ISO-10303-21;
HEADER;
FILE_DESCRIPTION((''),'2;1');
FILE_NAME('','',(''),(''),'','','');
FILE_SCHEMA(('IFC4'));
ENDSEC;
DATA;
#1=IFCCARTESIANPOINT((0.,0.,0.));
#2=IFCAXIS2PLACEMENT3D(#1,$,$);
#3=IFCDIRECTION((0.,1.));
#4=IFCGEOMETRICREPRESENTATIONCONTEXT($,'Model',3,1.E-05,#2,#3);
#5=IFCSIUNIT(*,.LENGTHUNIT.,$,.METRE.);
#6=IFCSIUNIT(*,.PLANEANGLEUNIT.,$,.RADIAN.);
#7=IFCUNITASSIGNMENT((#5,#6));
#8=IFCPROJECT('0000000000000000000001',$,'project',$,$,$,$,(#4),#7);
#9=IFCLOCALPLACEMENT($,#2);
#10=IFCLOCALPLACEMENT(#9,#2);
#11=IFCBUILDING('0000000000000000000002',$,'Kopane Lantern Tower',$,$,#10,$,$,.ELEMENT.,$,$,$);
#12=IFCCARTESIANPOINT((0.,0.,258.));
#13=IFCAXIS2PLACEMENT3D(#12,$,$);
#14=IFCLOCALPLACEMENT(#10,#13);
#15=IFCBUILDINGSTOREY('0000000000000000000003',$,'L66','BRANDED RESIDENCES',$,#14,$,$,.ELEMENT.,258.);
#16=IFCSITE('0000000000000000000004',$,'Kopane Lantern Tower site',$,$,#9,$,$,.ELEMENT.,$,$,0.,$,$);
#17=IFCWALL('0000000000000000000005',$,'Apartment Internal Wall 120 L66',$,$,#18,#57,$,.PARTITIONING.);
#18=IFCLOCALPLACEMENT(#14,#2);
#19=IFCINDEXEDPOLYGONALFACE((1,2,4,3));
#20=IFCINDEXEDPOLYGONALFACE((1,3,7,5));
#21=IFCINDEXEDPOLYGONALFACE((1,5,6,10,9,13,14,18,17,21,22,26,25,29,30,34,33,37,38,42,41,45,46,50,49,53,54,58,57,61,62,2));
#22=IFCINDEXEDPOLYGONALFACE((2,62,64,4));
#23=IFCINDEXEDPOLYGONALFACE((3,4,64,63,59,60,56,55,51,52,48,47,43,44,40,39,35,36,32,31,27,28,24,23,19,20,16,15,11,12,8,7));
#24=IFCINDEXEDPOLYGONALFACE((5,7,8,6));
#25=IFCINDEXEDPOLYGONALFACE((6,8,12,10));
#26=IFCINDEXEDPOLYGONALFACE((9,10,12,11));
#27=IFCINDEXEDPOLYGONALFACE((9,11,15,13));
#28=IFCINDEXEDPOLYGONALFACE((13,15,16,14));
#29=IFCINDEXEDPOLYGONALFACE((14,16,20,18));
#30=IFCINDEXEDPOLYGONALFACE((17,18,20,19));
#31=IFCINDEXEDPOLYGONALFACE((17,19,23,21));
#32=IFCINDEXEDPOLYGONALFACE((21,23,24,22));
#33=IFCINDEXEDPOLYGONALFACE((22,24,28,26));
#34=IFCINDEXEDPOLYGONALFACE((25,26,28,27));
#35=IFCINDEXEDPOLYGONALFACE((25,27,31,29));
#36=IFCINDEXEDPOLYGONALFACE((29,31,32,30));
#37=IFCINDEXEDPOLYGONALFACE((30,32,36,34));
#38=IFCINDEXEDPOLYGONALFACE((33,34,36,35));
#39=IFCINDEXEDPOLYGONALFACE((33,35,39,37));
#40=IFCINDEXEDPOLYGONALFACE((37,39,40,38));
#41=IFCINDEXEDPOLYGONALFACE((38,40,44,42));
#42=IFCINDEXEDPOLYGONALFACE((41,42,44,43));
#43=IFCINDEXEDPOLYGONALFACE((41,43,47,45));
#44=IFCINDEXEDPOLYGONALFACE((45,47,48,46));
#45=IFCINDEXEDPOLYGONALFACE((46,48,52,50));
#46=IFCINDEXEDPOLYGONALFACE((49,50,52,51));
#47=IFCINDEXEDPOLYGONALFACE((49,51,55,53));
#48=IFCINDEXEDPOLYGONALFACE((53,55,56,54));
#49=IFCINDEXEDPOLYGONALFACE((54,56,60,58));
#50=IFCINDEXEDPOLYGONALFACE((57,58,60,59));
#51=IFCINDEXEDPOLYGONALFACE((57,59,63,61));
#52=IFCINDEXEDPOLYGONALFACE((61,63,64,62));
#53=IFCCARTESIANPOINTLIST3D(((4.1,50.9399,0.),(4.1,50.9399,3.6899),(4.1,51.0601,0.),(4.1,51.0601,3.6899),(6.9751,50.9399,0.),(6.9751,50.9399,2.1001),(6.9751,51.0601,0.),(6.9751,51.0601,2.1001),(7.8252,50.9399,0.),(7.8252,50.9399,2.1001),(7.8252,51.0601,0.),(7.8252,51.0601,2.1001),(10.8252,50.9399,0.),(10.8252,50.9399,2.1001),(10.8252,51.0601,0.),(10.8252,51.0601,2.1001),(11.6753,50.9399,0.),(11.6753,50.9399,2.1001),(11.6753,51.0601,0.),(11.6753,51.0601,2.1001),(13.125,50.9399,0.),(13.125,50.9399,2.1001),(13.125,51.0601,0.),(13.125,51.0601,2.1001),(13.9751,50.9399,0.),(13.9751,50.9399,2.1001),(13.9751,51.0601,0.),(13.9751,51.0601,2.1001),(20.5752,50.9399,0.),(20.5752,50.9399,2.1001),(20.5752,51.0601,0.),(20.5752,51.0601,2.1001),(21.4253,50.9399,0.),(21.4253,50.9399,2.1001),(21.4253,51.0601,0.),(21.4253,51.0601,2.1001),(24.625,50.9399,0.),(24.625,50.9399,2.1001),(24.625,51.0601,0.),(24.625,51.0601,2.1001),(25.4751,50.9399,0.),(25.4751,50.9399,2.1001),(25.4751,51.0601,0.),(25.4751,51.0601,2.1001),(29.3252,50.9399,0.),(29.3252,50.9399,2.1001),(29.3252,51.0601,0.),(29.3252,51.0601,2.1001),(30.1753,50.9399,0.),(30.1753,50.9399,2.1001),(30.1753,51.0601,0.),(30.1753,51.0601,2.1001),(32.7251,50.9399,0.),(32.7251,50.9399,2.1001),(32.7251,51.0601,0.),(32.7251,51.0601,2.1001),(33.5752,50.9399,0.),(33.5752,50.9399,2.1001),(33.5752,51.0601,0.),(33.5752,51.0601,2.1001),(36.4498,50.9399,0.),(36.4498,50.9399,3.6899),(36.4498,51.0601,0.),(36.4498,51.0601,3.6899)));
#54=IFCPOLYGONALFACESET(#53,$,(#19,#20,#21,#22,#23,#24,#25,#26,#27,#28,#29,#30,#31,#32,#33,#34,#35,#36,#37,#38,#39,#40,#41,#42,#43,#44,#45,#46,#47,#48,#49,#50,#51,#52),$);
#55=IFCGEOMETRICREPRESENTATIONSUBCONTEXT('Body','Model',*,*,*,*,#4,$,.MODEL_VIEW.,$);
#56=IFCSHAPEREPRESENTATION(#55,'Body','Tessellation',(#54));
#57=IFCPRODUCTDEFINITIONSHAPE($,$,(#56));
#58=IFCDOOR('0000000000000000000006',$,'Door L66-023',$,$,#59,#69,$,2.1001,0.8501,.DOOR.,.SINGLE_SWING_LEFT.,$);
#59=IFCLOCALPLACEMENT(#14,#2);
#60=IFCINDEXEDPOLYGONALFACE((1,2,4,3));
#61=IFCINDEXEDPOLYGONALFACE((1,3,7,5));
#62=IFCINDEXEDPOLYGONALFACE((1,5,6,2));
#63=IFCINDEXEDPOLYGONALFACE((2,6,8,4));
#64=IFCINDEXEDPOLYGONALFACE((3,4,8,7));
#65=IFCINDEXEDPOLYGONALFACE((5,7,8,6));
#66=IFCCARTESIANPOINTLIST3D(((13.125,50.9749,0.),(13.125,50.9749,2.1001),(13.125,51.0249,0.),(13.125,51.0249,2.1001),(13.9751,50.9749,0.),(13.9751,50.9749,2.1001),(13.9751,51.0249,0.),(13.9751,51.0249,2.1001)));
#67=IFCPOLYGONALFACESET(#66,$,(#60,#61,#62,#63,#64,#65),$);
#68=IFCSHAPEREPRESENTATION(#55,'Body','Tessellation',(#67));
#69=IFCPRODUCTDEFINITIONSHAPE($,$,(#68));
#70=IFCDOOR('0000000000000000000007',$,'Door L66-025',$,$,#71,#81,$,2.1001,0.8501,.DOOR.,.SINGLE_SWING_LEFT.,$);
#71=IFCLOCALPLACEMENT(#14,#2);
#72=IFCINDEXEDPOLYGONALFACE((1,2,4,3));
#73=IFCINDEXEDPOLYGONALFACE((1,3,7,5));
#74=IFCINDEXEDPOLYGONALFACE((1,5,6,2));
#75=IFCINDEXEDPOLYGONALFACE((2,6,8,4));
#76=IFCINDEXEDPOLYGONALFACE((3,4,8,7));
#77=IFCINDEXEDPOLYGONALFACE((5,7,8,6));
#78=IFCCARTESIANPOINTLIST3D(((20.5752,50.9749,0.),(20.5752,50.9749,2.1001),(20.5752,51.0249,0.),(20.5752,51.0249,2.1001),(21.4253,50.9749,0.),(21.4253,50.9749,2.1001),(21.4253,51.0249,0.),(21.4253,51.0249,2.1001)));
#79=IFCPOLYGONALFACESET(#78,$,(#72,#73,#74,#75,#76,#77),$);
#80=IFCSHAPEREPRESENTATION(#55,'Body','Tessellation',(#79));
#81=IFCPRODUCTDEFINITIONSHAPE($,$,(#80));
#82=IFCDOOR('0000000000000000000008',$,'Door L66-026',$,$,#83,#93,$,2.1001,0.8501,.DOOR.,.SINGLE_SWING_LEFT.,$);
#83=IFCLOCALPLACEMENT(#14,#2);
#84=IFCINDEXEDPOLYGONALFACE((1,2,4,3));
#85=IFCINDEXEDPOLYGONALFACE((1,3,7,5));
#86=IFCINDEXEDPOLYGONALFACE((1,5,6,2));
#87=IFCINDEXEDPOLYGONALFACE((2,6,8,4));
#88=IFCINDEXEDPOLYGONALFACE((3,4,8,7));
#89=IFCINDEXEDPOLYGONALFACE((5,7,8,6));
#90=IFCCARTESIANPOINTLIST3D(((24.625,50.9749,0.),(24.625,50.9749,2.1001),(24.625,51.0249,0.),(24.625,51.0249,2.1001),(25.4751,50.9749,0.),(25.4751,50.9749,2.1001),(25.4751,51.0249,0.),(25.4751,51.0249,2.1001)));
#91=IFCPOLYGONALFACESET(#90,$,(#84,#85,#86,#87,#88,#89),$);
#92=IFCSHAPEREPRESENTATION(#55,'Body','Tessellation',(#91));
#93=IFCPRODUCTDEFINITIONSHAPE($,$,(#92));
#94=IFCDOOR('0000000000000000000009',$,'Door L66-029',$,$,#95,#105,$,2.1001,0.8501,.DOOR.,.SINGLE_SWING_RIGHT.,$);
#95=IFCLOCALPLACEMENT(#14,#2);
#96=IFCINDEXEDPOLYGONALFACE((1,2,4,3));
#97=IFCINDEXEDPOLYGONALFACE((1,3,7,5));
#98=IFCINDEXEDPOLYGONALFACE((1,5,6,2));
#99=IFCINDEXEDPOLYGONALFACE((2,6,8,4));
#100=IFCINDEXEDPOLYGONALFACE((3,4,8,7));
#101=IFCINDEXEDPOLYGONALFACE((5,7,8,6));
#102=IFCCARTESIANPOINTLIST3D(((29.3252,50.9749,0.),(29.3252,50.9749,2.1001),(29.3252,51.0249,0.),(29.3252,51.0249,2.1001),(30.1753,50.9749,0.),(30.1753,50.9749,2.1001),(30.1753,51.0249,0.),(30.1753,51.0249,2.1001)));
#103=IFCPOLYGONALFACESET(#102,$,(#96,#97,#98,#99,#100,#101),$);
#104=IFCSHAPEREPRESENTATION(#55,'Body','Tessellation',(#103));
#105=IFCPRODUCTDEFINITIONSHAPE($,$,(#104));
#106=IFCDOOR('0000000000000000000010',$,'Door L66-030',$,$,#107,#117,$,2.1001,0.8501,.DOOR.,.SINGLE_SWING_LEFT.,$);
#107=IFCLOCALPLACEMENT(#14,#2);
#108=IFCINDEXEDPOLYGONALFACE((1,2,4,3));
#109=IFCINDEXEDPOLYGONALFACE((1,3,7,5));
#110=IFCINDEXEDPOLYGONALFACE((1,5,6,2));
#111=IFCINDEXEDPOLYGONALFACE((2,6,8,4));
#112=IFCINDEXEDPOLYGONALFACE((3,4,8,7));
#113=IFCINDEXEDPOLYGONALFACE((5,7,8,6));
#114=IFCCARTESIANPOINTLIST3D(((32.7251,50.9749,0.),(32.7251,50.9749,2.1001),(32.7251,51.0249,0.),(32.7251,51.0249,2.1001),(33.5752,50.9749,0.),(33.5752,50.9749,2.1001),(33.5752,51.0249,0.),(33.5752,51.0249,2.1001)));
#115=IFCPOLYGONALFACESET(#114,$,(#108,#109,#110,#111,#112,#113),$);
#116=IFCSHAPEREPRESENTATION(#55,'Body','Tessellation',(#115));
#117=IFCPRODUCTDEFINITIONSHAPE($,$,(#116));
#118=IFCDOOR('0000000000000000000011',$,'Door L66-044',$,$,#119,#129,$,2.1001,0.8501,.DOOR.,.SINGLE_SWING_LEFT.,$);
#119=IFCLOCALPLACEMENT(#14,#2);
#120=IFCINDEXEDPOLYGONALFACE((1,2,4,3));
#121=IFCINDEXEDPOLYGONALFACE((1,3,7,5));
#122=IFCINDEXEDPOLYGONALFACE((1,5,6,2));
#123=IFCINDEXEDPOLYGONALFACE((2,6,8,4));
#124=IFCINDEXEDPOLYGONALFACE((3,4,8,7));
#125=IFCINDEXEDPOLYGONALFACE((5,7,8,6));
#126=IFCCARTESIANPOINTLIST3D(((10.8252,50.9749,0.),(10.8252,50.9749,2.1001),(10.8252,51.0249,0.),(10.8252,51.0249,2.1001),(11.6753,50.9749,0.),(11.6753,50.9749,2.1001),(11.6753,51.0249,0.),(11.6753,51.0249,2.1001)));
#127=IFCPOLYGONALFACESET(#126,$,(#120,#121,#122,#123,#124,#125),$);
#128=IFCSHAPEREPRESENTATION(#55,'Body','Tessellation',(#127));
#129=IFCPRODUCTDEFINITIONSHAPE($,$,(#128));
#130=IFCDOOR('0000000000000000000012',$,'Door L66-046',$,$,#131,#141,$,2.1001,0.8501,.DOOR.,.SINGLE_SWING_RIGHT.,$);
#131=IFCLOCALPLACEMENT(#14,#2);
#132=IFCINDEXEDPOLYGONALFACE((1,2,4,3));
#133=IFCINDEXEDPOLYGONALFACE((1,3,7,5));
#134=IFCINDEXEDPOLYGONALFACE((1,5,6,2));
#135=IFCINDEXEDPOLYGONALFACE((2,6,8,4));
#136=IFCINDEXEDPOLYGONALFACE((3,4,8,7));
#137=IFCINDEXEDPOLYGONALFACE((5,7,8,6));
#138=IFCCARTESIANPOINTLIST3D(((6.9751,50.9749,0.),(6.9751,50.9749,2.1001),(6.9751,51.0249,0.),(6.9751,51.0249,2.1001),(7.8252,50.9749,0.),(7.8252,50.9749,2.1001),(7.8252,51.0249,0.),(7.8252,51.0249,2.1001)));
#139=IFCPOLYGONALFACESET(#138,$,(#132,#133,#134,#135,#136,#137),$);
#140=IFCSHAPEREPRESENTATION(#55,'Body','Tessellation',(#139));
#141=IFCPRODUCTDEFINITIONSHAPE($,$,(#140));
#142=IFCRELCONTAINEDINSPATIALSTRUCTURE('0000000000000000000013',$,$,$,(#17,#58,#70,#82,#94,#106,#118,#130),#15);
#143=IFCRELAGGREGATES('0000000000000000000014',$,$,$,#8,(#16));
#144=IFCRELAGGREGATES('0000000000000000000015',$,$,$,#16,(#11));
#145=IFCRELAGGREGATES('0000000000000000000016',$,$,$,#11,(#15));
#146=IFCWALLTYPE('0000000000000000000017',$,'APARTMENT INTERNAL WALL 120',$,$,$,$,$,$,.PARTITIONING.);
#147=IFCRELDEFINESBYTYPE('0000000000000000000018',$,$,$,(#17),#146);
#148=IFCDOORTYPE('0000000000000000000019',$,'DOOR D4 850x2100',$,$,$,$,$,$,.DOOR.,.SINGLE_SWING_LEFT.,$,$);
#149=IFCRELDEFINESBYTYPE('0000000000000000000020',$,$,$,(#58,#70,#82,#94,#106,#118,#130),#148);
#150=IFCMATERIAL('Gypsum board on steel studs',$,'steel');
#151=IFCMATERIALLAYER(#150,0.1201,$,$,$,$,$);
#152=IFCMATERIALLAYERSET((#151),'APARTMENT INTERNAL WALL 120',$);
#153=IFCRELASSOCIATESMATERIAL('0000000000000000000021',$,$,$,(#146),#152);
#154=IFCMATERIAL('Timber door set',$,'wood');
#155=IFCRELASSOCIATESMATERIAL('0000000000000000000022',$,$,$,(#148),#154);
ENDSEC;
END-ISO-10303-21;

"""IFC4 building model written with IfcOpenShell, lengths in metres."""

from ifc_helpers import new_model, si_unit, direction, frame, frame_2d, origin, place, context, subcontext, project, spatial, rectangle, extrude, material, layer, layer_set, type_object, element, fill, save


model = new_model("IFC4")

# Units and contexts
model_context = context("Model", 3, precision=1e-05, world=origin(), true_north=direction((0.0, 1.0)))
body_context = subcontext(model_context, "Body", "Model", "MODEL_VIEW")
ifc_project = project(units=[si_unit("LENGTHUNIT", "METRE"), si_unit("PLANEANGLEUNIT", "RADIAN")], contexts=[model_context])

# Site, building, storey
site_placement = place(None, origin())
site = spatial("IfcSite", under=ifc_project, at=site_placement, Name="Kopane Lantern Tower site", CompositionType="ELEMENT", RefElevation=0.0)
building_placement = place(site_placement, origin())
building = spatial("IfcBuilding", under=site, at=building_placement, Name="Kopane Lantern Tower", CompositionType="ELEMENT")
storey_placement = place(building_placement, frame((0.0, 0.0, 258.0)))
storey = spatial("IfcBuildingStorey", under=building, at=storey_placement, Name="L66", Description="BRANDED RESIDENCES", CompositionType="ELEMENT", Elevation=258.0)

# Wall, openings, doors
ifc_material_1 = material(Name="Gypsum board on steel studs", Category="steel")
ifc_layer_1 = layer(ifc_material_1, 0.1201)
ifc_layer_set_1 = layer_set([ifc_layer_1], Name="APARTMENT INTERNAL WALL 120")
wall_type_1 = type_object("IfcWallType", Name="APARTMENT INTERNAL WALL 120", PredefinedType="PARTITIONING", material=ifc_layer_set_1)
wall_1_placement = place(storey_placement, frame((4.1001, 51.0, 0.0), z_axis=(0.0, 0.0, 1.0), x_axis=(1.0, 0.0, 0.0)))
wall_1 = element("IfcWall", 1, at=wall_1_placement, inside=storey, type_object=wall_type_1, Name="Apartment Internal Wall 120 L66", PredefinedType="PARTITIONING", context=body_context, shape_type="SweptSolid", body=[
    extrude(rectangle(XDim=32.3499, YDim=0.1201, at=frame_2d((16.1748, 0.0))), origin(), (0.0, 0.0, 1.0), 3.6899),
])
opening_1_placement = place(wall_1_placement, frame((9.0249, 0.0, 0.0)))
opening_1 = element("IfcOpeningElement", 2, at=opening_1_placement, cuts=wall_1, PredefinedType="OPENING", context=body_context, shape_type="SweptSolid", body=[
    extrude(rectangle(XDim=0.8501, YDim=2.1001, at=frame_2d((0.425, 1.05))), frame((0.0, 0.0701, 0.0), z_axis=(0.0, -1.0, 0.0), x_axis=(1.0, 0.0, 0.0)), (0.0, 0.0, 1.0), 0.1401),
])
opening_2_placement = place(wall_1_placement, frame((16.4751, 0.0, 0.0)))
opening_2 = element("IfcOpeningElement", 3, at=opening_2_placement, cuts=wall_1, PredefinedType="OPENING", context=body_context, shape_type="SweptSolid", body=[
    extrude(rectangle(XDim=0.8501, YDim=2.1001, at=frame_2d((0.425, 1.05))), frame((0.0, 0.0701, 0.0), z_axis=(0.0, -1.0, 0.0), x_axis=(1.0, 0.0, 0.0)), (0.0, 0.0, 1.0), 0.1401),
])
opening_3_placement = place(wall_1_placement, frame((20.5249, 0.0, 0.0)))
opening_3 = element("IfcOpeningElement", 4, at=opening_3_placement, cuts=wall_1, PredefinedType="OPENING", context=body_context, shape_type="SweptSolid", body=[
    extrude(rectangle(XDim=0.8501, YDim=2.1001, at=frame_2d((0.425, 1.05))), frame((0.0, 0.0701, 0.0), z_axis=(0.0, -1.0, 0.0), x_axis=(1.0, 0.0, 0.0)), (0.0, 0.0, 1.0), 0.1401),
])
opening_4_placement = place(wall_1_placement, frame((25.2251, 0.0, 0.0)))
opening_4 = element("IfcOpeningElement", 5, at=opening_4_placement, cuts=wall_1, PredefinedType="OPENING", context=body_context, shape_type="SweptSolid", body=[
    extrude(rectangle(XDim=0.8501, YDim=2.1001, at=frame_2d((0.425, 1.05))), frame((0.0, 0.0701, 0.0), z_axis=(0.0, -1.0, 0.0), x_axis=(1.0, 0.0, 0.0)), (0.0, 0.0, 1.0), 0.1401),
])
opening_5_placement = place(wall_1_placement, frame((28.625, 0.0, 0.0)))
opening_5 = element("IfcOpeningElement", 6, at=opening_5_placement, cuts=wall_1, PredefinedType="OPENING", context=body_context, shape_type="SweptSolid", body=[
    extrude(rectangle(XDim=0.8501, YDim=2.1001, at=frame_2d((0.425, 1.05))), frame((0.0, 0.0701, 0.0), z_axis=(0.0, -1.0, 0.0), x_axis=(1.0, 0.0, 0.0)), (0.0, 0.0, 1.0), 0.1401),
])
opening_6_placement = place(wall_1_placement, frame((6.7251, 0.0, 0.0)))
opening_6 = element("IfcOpeningElement", 7, at=opening_6_placement, cuts=wall_1, PredefinedType="OPENING", context=body_context, shape_type="SweptSolid", body=[
    extrude(rectangle(XDim=0.8501, YDim=2.1001, at=frame_2d((0.425, 1.05))), frame((0.0, 0.0701, 0.0), z_axis=(0.0, -1.0, 0.0), x_axis=(1.0, 0.0, 0.0)), (0.0, 0.0, 1.0), 0.1401),
])
opening_7_placement = place(wall_1_placement, frame((2.875, 0.0, 0.0)))
opening_7 = element("IfcOpeningElement", 8, at=opening_7_placement, cuts=wall_1, PredefinedType="OPENING", context=body_context, shape_type="SweptSolid", body=[
    extrude(rectangle(XDim=0.8501, YDim=2.1001, at=frame_2d((0.425, 1.05))), frame((0.0, 0.0701, 0.0), z_axis=(0.0, -1.0, 0.0), x_axis=(1.0, 0.0, 0.0)), (0.0, 0.0, 1.0), 0.1401),
])
ifc_material_2 = material(Name="Timber door set", Category="wood")
door_type = type_object("IfcDoorType", Name="DOOR D4 850x2100", OperationType="SINGLE_SWING_LEFT", PredefinedType="DOOR", material=ifc_material_2)
door_1_placement = place(opening_1_placement, origin())
door_1 = element("IfcDoor", 9, at=door_1_placement, inside=storey, type_object=door_type, Name="Door L66-023", OperationType="SINGLE_SWING_LEFT", OverallHeight=2.1001, OverallWidth=0.8501, PredefinedType="DOOR", context=body_context, shape_type="SweptSolid", body=[
    extrude(rectangle(XDim=0.8501, YDim=2.1001, at=frame_2d((0.425, 1.05))), frame((0.0, 0.0249, 0.0), z_axis=(0.0, -1.0, 0.0), x_axis=(1.0, 0.0, 0.0)), (0.0, 0.0, 1.0), 0.05),
])
fill(opening_1, door_1)
door_2_placement = place(opening_2_placement, origin())
door_2 = element("IfcDoor", 10, at=door_2_placement, inside=storey, type_object=door_type, Name="Door L66-025", OperationType="SINGLE_SWING_LEFT", OverallHeight=2.1001, OverallWidth=0.8501, PredefinedType="DOOR", context=body_context, shape_type="SweptSolid", body=[
    extrude(rectangle(XDim=0.8501, YDim=2.1001, at=frame_2d((0.425, 1.05))), frame((0.0, 0.0249, 0.0), z_axis=(0.0, -1.0, 0.0), x_axis=(1.0, 0.0, 0.0)), (0.0, 0.0, 1.0), 0.05),
])
fill(opening_2, door_2)
door_3_placement = place(opening_3_placement, origin())
door_3 = element("IfcDoor", 11, at=door_3_placement, inside=storey, type_object=door_type, Name="Door L66-026", OperationType="SINGLE_SWING_LEFT", OverallHeight=2.1001, OverallWidth=0.8501, PredefinedType="DOOR", context=body_context, shape_type="SweptSolid", body=[
    extrude(rectangle(XDim=0.8501, YDim=2.1001, at=frame_2d((0.425, 1.05))), frame((0.0, 0.0249, 0.0), z_axis=(0.0, -1.0, 0.0), x_axis=(1.0, 0.0, 0.0)), (0.0, 0.0, 1.0), 0.05),
])
fill(opening_3, door_3)
door_4_placement = place(opening_4_placement, origin())
door_4 = element("IfcDoor", 12, at=door_4_placement, inside=storey, type_object=door_type, Name="Door L66-029", OperationType="SINGLE_SWING_RIGHT", OverallHeight=2.1001, OverallWidth=0.8501, PredefinedType="DOOR", context=body_context, shape_type="SweptSolid", body=[
    extrude(rectangle(XDim=0.8501, YDim=2.1001, at=frame_2d((0.425, 1.05))), frame((0.0, 0.0249, 0.0), z_axis=(0.0, -1.0, 0.0), x_axis=(1.0, 0.0, 0.0)), (0.0, 0.0, 1.0), 0.05),
])
fill(opening_4, door_4)
door_5_placement = place(opening_5_placement, origin())
door_5 = element("IfcDoor", 13, at=door_5_placement, inside=storey, type_object=door_type, Name="Door L66-030", OperationType="SINGLE_SWING_LEFT", OverallHeight=2.1001, OverallWidth=0.8501, PredefinedType="DOOR", context=body_context, shape_type="SweptSolid", body=[
    extrude(rectangle(XDim=0.8501, YDim=2.1001, at=frame_2d((0.425, 1.05))), frame((0.0, 0.0249, 0.0), z_axis=(0.0, -1.0, 0.0), x_axis=(1.0, 0.0, 0.0)), (0.0, 0.0, 1.0), 0.05),
])
fill(opening_5, door_5)
door_6_placement = place(opening_6_placement, origin())
door_6 = element("IfcDoor", 14, at=door_6_placement, inside=storey, type_object=door_type, Name="Door L66-044", OperationType="SINGLE_SWING_LEFT", OverallHeight=2.1001, OverallWidth=0.8501, PredefinedType="DOOR", context=body_context, shape_type="SweptSolid", body=[
    extrude(rectangle(XDim=0.8501, YDim=2.1001, at=frame_2d((0.425, 1.05))), frame((0.0, 0.0249, 0.0), z_axis=(0.0, -1.0, 0.0), x_axis=(1.0, 0.0, 0.0)), (0.0, 0.0, 1.0), 0.05),
])
fill(opening_6, door_6)
door_7_placement = place(opening_7_placement, origin())
door_7 = element("IfcDoor", 15, at=door_7_placement, inside=storey, type_object=door_type, Name="Door L66-046", OperationType="SINGLE_SWING_RIGHT", OverallHeight=2.1001, OverallWidth=0.8501, PredefinedType="DOOR", context=body_context, shape_type="SweptSolid", body=[
    extrude(rectangle(XDim=0.8501, YDim=2.1001, at=frame_2d((0.425, 1.05))), frame((0.0, 0.0249, 0.0), z_axis=(0.0, -1.0, 0.0), x_axis=(1.0, 0.0, 0.0)), (0.0, 0.0, 1.0), 0.05),
])
fill(opening_7, door_7)

save(model, "model.ifc")
